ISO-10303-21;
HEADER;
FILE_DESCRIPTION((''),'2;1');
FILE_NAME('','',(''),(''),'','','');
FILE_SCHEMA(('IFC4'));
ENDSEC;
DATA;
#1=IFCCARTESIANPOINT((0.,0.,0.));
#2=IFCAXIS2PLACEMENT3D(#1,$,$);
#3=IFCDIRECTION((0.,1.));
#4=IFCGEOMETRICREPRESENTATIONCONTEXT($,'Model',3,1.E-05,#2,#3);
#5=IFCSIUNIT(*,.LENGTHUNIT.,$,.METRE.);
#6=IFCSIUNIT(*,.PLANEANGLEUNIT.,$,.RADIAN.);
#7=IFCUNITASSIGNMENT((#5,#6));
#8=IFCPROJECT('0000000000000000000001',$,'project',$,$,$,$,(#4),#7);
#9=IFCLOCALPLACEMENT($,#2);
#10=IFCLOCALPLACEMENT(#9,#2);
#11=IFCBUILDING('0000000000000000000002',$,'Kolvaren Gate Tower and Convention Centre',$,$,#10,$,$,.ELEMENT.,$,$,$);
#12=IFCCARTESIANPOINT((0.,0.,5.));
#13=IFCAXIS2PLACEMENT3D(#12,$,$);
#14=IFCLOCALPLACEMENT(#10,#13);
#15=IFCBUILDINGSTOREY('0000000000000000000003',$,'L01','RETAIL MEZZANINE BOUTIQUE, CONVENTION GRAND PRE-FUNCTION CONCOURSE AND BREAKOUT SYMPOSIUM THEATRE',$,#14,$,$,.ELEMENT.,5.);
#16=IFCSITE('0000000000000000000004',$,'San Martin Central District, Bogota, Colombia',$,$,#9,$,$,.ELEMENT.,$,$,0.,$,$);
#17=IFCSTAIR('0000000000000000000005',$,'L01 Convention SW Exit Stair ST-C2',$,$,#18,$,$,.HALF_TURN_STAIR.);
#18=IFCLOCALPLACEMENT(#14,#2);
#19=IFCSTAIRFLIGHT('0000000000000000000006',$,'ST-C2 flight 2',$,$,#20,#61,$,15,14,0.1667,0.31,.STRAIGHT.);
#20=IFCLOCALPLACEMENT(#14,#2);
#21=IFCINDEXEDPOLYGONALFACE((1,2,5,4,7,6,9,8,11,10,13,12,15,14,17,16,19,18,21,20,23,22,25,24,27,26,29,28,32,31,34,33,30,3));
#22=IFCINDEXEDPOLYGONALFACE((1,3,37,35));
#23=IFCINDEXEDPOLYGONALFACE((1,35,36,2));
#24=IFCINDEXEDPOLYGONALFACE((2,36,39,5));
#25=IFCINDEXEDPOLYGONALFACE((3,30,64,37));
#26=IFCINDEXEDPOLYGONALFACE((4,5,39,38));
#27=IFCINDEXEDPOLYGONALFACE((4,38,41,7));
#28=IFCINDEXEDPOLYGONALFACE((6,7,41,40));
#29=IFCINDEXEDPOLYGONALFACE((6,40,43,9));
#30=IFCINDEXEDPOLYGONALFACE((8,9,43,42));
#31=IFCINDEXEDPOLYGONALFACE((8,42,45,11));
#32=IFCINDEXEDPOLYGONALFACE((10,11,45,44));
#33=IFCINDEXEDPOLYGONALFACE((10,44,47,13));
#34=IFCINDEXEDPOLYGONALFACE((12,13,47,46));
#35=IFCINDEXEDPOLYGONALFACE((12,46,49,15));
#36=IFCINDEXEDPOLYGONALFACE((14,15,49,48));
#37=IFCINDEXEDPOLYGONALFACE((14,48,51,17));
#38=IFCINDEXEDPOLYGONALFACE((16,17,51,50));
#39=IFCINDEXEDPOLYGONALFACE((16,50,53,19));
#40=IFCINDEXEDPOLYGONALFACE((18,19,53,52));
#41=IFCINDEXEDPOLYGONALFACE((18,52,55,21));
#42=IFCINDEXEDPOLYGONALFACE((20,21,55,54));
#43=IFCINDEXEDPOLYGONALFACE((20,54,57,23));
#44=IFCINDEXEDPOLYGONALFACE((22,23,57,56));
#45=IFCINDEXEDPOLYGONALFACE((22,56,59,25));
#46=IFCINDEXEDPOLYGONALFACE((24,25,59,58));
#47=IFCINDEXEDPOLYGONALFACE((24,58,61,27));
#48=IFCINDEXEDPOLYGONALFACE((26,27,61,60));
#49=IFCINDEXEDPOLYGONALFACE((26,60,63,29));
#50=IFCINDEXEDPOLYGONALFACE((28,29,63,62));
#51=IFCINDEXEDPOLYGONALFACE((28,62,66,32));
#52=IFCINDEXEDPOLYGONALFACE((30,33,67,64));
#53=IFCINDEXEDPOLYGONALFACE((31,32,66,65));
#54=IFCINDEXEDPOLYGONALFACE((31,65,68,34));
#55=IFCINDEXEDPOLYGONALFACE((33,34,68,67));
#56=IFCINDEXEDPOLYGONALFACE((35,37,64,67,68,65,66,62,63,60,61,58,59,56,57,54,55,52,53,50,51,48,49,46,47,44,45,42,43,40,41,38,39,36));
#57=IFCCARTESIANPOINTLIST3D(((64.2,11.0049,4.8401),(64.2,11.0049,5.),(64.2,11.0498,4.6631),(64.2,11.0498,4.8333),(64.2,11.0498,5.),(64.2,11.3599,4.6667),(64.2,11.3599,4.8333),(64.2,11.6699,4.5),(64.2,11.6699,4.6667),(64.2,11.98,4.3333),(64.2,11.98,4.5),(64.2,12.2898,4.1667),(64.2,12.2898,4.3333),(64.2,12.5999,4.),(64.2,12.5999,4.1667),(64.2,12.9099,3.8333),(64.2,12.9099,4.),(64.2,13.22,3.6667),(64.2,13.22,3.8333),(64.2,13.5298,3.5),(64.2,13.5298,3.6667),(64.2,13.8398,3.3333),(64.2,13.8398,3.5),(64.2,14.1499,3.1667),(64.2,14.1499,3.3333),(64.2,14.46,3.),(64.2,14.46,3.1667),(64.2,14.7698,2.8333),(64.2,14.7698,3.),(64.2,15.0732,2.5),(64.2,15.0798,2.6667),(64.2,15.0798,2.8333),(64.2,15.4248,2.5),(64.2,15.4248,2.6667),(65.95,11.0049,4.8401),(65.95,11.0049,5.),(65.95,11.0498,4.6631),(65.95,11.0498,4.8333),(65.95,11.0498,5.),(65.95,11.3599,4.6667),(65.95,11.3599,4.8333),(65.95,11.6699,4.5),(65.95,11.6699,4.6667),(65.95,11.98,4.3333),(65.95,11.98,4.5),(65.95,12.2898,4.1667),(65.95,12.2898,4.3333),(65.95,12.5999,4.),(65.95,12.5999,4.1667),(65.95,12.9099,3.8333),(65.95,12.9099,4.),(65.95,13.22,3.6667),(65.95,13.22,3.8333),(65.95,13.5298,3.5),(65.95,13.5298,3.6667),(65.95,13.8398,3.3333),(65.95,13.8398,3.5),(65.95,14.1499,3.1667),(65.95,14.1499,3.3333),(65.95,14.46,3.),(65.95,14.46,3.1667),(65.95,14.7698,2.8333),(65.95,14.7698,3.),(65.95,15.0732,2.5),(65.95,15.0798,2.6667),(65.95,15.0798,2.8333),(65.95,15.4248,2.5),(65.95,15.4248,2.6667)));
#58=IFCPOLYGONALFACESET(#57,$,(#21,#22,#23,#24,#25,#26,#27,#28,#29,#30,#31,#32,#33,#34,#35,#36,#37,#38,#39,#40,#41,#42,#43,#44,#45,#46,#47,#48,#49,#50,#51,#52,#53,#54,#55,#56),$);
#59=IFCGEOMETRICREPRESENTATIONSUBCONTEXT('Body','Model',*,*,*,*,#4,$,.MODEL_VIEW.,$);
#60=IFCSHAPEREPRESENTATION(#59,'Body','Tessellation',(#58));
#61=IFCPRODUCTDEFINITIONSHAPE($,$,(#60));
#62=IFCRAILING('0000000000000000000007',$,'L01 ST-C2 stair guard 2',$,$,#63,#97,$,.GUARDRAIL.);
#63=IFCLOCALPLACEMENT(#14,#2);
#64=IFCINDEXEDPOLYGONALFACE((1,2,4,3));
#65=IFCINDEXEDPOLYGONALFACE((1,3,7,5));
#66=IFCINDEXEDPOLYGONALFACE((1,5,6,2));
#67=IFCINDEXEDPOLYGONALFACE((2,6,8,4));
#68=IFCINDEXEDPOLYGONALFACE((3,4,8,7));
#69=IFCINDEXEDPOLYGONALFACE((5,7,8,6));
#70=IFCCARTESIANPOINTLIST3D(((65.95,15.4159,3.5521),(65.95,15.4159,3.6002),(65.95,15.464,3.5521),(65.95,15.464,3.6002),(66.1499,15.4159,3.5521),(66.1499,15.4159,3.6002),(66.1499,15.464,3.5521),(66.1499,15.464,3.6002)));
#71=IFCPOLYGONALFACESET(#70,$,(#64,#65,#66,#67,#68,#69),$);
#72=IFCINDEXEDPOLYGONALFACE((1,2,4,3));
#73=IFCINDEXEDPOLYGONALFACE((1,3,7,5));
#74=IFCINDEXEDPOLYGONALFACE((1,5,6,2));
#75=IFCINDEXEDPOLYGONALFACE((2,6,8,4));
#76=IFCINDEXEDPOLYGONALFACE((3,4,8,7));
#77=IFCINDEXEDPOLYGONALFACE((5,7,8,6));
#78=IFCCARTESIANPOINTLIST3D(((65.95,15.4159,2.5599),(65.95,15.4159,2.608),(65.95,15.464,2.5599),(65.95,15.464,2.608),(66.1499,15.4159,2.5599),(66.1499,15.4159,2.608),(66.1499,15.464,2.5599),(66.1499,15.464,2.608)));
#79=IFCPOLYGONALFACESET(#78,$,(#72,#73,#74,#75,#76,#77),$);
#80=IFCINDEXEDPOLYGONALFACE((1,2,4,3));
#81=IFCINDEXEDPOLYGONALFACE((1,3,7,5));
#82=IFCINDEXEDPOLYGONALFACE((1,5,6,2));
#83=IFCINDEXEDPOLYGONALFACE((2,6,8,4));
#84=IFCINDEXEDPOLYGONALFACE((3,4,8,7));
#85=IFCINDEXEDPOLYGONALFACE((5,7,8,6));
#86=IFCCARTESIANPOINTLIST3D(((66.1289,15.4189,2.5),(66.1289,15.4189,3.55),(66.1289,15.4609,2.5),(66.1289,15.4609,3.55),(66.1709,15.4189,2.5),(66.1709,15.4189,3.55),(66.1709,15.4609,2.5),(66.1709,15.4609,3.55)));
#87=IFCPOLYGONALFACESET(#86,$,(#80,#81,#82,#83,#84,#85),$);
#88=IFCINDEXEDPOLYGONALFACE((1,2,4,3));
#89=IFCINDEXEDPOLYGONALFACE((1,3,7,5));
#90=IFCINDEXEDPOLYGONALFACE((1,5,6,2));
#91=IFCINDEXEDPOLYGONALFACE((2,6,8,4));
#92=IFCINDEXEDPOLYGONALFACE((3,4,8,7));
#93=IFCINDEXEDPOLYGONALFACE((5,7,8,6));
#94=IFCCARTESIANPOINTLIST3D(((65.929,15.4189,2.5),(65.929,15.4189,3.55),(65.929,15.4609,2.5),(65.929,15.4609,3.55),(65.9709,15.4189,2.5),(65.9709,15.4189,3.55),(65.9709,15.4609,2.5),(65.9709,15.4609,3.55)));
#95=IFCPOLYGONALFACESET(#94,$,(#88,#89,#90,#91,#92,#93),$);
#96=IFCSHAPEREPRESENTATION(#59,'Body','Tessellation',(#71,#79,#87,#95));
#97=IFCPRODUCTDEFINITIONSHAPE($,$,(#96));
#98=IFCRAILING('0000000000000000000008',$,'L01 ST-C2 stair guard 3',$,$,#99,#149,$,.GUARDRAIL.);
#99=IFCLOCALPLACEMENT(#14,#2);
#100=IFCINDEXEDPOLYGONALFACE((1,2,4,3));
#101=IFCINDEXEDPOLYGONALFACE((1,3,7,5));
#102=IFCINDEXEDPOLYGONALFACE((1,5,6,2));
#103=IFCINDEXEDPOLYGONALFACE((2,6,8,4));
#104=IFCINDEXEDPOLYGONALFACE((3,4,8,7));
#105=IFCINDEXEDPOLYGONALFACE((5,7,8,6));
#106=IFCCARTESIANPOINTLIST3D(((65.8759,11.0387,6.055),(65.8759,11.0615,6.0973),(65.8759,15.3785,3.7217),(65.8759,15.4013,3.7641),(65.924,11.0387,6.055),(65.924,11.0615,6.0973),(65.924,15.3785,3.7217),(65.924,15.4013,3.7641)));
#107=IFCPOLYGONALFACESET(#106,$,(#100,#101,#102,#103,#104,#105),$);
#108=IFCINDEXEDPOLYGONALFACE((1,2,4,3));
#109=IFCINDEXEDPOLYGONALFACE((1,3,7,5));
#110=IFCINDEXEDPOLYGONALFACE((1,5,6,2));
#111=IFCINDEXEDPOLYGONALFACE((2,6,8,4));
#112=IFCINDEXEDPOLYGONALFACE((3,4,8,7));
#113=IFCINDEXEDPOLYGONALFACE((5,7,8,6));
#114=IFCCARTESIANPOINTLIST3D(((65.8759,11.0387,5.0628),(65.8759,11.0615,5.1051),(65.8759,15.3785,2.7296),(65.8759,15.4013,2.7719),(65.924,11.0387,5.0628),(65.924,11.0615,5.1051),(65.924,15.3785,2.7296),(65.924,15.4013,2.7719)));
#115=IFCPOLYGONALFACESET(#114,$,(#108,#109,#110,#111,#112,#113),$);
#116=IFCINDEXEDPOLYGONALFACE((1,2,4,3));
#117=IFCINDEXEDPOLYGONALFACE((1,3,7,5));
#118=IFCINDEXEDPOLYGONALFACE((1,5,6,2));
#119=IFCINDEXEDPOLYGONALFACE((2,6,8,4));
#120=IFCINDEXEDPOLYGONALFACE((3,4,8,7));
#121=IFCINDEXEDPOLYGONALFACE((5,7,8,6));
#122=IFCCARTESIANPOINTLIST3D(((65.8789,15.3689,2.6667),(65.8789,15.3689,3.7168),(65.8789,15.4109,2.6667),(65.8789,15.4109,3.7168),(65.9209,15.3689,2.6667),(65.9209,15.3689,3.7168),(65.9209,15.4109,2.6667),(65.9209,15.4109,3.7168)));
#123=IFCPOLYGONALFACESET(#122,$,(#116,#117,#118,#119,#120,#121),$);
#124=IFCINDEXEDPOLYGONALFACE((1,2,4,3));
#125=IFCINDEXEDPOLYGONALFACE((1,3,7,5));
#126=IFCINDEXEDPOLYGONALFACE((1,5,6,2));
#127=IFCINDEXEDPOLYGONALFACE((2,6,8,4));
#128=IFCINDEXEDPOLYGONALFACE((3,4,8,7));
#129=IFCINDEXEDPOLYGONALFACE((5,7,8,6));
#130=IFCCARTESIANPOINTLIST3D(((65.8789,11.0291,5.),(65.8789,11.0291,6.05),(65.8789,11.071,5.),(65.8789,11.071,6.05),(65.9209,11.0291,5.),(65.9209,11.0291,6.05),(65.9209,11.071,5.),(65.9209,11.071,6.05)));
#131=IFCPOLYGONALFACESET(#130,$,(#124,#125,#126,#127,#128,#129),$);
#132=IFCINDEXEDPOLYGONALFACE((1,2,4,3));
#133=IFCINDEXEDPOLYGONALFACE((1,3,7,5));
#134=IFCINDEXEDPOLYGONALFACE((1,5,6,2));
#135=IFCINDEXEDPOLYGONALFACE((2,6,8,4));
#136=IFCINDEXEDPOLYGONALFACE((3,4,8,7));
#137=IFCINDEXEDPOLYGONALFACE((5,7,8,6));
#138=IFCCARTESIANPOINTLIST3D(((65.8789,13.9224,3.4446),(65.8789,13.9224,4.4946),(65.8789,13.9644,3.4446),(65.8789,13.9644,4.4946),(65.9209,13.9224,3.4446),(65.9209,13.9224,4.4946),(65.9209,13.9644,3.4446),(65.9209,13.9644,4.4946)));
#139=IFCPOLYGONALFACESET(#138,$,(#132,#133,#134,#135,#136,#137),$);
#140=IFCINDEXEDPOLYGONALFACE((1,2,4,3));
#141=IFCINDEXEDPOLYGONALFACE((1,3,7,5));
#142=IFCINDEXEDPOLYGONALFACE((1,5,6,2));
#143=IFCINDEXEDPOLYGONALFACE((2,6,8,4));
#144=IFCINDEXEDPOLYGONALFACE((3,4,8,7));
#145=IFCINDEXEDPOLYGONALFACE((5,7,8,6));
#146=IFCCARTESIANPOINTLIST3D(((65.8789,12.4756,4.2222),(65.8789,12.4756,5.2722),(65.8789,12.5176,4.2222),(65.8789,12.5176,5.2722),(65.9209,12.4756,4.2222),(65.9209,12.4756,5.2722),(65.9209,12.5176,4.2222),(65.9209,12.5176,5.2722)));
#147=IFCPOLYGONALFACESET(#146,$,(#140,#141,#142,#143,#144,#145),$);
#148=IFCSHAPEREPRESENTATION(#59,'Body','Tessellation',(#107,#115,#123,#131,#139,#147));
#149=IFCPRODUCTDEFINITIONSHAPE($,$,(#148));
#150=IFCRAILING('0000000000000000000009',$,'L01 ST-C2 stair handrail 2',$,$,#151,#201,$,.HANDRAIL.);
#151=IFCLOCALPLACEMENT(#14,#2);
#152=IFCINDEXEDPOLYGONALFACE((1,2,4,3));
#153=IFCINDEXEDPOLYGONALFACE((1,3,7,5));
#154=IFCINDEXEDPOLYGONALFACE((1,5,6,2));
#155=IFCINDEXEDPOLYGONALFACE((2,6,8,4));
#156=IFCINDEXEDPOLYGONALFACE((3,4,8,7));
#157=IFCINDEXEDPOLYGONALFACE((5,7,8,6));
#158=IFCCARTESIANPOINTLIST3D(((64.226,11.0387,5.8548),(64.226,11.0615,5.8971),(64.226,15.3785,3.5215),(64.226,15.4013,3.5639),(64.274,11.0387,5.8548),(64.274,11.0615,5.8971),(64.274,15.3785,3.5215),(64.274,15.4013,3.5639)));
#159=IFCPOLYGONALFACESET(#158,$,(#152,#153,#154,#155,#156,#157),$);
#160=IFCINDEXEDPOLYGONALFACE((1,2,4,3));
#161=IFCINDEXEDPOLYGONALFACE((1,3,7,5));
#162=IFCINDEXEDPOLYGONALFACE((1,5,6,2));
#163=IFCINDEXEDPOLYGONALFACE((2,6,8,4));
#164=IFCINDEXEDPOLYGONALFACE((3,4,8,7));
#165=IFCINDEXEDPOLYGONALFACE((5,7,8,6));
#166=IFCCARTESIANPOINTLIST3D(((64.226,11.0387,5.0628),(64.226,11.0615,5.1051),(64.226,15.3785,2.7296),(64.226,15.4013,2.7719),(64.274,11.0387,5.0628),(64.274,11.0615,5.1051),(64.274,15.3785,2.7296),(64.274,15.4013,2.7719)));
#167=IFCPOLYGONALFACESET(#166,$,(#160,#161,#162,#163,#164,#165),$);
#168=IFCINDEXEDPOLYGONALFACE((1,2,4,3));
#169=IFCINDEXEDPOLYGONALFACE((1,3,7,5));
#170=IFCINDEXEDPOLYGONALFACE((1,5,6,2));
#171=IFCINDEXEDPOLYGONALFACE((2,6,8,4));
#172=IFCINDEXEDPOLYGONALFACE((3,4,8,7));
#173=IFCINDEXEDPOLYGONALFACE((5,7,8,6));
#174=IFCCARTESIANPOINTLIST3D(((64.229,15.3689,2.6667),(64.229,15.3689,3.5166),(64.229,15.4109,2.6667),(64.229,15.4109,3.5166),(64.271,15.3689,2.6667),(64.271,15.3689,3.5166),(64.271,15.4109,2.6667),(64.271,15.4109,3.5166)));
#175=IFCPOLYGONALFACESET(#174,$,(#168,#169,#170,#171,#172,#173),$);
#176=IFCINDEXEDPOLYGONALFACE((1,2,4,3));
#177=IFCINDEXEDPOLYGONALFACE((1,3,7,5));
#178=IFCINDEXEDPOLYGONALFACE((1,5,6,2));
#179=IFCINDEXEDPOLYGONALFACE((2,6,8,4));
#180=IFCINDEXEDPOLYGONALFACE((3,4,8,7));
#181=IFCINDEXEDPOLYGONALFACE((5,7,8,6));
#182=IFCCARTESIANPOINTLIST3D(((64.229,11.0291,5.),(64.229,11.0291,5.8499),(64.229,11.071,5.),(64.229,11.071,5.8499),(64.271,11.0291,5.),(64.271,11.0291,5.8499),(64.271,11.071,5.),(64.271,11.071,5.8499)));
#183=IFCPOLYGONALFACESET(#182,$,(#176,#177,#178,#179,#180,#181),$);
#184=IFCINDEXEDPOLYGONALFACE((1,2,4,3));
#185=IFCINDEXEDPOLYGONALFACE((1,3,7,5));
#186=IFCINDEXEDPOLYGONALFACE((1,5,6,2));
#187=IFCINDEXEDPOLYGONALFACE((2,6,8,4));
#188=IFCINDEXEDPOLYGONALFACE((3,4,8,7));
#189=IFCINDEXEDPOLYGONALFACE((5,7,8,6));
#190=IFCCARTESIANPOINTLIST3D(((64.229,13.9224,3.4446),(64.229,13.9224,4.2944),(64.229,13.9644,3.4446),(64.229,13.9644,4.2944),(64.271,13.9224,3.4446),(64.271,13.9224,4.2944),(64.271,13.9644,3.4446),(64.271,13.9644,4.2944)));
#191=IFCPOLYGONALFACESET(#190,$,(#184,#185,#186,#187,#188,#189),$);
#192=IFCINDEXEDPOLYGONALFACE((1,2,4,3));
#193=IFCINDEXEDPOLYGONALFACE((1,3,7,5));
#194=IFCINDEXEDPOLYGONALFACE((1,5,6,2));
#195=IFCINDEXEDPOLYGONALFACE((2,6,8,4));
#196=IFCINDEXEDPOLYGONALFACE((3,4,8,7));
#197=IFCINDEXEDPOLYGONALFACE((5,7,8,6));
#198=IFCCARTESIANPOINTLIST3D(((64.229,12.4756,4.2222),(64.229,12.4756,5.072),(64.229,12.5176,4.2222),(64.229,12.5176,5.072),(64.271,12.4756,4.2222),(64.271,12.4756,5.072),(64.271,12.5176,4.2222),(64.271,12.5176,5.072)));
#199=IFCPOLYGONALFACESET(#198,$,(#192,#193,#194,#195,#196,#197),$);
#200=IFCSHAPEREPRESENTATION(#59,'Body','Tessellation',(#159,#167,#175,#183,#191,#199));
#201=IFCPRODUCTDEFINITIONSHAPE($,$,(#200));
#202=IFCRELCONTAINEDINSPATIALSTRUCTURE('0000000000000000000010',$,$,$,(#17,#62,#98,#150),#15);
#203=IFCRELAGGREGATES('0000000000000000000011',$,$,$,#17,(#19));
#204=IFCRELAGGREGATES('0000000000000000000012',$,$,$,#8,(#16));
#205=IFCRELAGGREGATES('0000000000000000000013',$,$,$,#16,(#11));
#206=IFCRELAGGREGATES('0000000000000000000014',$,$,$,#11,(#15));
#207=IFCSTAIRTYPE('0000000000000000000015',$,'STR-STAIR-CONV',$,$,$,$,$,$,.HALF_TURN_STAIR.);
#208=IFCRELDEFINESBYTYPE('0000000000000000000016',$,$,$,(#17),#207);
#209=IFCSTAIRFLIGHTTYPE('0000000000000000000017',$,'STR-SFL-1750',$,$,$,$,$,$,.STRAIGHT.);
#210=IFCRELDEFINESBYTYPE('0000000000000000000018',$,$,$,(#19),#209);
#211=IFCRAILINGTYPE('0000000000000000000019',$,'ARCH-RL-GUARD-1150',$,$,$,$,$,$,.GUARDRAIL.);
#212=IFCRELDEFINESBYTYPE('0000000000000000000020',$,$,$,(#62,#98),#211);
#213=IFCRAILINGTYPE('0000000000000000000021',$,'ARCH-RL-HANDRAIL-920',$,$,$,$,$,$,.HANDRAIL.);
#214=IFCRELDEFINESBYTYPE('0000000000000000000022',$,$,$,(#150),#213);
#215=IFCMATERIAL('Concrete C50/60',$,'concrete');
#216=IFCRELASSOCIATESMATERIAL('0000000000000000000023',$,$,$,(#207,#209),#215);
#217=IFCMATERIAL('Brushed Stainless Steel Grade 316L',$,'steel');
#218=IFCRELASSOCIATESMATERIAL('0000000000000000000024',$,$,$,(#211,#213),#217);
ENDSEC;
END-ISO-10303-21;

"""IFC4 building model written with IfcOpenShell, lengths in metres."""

from ifc_helpers import new_model, si_unit, direction, frame, origin, origin_2d, place, context, subcontext, project, spatial, polyline, rectangle, outline, extrude, material, type_object, element, aggregate, save


model = new_model("IFC4")

# Units and contexts
model_context = context("Model", 3, precision=1e-05, world=origin(), true_north=direction((0.0, 1.0)))
body_context = subcontext(model_context, "Body", "Model", "MODEL_VIEW")
ifc_project = project(units=[si_unit("LENGTHUNIT", "METRE"), si_unit("PLANEANGLEUNIT", "RADIAN")], contexts=[model_context])

# Site, building, storey
site_placement = place(None, origin())
site = spatial("IfcSite", under=ifc_project, at=site_placement, Name="San Martin Central District, Bogota, Colombia", CompositionType="ELEMENT", RefElevation=0.0)
building_placement = place(site_placement, origin())
building = spatial("IfcBuilding", under=site, at=building_placement, Name="Kolvaren Gate Tower and Convention Centre", CompositionType="ELEMENT")
storey_placement = place(building_placement, frame((0.0, 0.0, 5.0)))
storey = spatial("IfcBuildingStorey", under=building, at=storey_placement, Name="L01", Description="RETAIL MEZZANINE BOUTIQUE, CONVENTION GRAND PRE-FUNCTION CONCOURSE AND BREAKOUT SYMPOSIUM THEATRE", CompositionType="ELEMENT", Elevation=5.0)

# Shared definitions
ifc_material_1 = material(Name="Concrete C50/60", Category="concrete")

# Stair, stair flight
stair_type = type_object("IfcStairType", Name="STR-STAIR-CONV", PredefinedType="HALF_TURN_STAIR", material=ifc_material_1)
stair_placement = place(storey_placement, origin())
stair = element("IfcStair", 1, at=stair_placement, inside=storey, type_object=stair_type, Name="L01 Convention SW Exit Stair ST-C2", PredefinedType="HALF_TURN_STAIR")
stair_flight_type = type_object("IfcStairFlightType", Name="STR-SFL-1750", PredefinedType="STRAIGHT", material=ifc_material_1)
stair_flight_placement = place(storey_placement, frame((65.075, 15.3899, 2.5), z_axis=(0.0, 0.0, 1.0), x_axis=(0.0, -1.0, 0.0)))
stair_flight = element("IfcStairFlight", 2, at=stair_flight_placement, type_object=stair_flight_type, Name="ST-C2 flight 2", NumberOfRisers=15, NumberOfTreads=14, PredefinedType="STRAIGHT", RiserHeight=0.1667, TreadLength=0.31, context=body_context, shape_type="SweptSolid", body=[
    extrude(outline(polyline([(-0.0349, 0.0), (-0.0349, 0.1667), (0.3101, 0.1667), (0.3101, 0.3333), (0.6201, 0.3333), (0.6201, 0.5), (0.9299, 0.5), (0.9299, 0.6667), (1.24, 0.6667), (1.24, 0.8333), (1.55, 0.8333), (1.55, 1.0), (1.8601, 1.0), (1.8601, 1.1667), (2.1699, 1.1667), (2.1699, 1.3333), (2.48, 1.3333), (2.48, 1.5), (2.79, 1.5), (2.79, 1.6667), (3.1001, 1.6667), (3.1001, 1.8333), (3.4099, 1.8333), (3.4099, 2.0), (3.72, 2.0), (3.72, 2.1667), (4.03, 2.1667), (4.03, 2.3333), (4.3401, 2.3333), (4.3401, 2.5), (4.385, 2.5), (4.385, 2.3401), (4.3401, 2.1631), (0.3167, 0.0), (-0.0349, 0.0)])), frame((0.0, 0.875, 0.0), z_axis=(0.0, -1.0, 0.0), x_axis=(1.0, 0.0, 0.0)), (0.0, 0.0, 1.0), 1.75),
])
aggregate(stair, [stair_flight])

# Railings
ifc_material_2 = material(Name="Brushed Stainless Steel Grade 316L", Category="steel")
railing_type_1 = type_object("IfcRailingType", Name="ARCH-RL-GUARD-1150", PredefinedType="GUARDRAIL", material=ifc_material_2)
railing_1_placement = place(storey_placement, frame((66.1499, 15.4399, 2.5)))
element("IfcRailing", 3, at=railing_1_placement, inside=storey, type_object=railing_type_1, Name="L01 ST-C2 stair guard 2", PredefinedType="GUARDRAIL", context=body_context, shape_type="SweptSolid", body=[
    extrude(rectangle(XDim=0.0481, YDim=0.0481, at=origin_2d()), frame((0.0, 0.0, 1.0762), z_axis=(-1.0, 0.0, 0.0), x_axis=(0.0, -1.0, 0.0)), (0.0, 0.0, 1.0), 0.2),
    extrude(rectangle(XDim=0.0481, YDim=0.0481, at=origin_2d()), frame((0.0, 0.0, 0.084), z_axis=(-1.0, 0.0, 0.0), x_axis=(0.0, -1.0, 0.0)), (0.0, 0.0, 1.0), 0.2),
    extrude(rectangle(XDim=0.042, YDim=0.042, at=origin_2d()), origin(), (0.0, 0.0, 1.0), 1.05),
    extrude(rectangle(XDim=0.042, YDim=0.042, at=origin_2d()), frame((-0.2, 0.0, 0.0)), (0.0, 0.0, 1.0), 1.05),
])
railing_2_placement = place(storey_placement, frame((65.8999, 15.3899, 2.6667)))
element("IfcRailing", 4, at=railing_2_placement, inside=storey, type_object=railing_type_1, Name="L01 ST-C2 stair guard 3", PredefinedType="GUARDRAIL", context=body_context, shape_type="SweptSolid", body=[
    extrude(rectangle(XDim=0.0481, YDim=0.0481, at=origin_2d()), frame((0.0, 0.0, 1.0762), z_axis=(0.0, -0.880775, 0.473535), x_axis=(1.0, 0.0, 0.0)), (0.0, 0.0, 1.0), 4.9272),
    extrude(rectangle(XDim=0.0481, YDim=0.0481, at=origin_2d()), frame((0.0, 0.0, 0.084), z_axis=(0.0, -0.880775, 0.473535), x_axis=(1.0, 0.0, 0.0)), (0.0, 0.0, 1.0), 4.9272),
    extrude(rectangle(XDim=0.042, YDim=0.042, at=origin_2d()), origin(), (0.0, 0.0, 1.0), 1.05),
    extrude(rectangle(XDim=0.042, YDim=0.042, at=origin_2d()), frame((0.0, -4.3398, 2.3333)), (0.0, 0.0, 1.0), 1.05),
    extrude(rectangle(XDim=0.042, YDim=0.042, at=origin_2d()), frame((0.0, -1.4465, 0.7778)), (0.0, 0.0, 1.0), 1.05),
    extrude(rectangle(XDim=0.042, YDim=0.042, at=origin_2d()), frame((0.0, -2.8933, 1.5554)), (0.0, 0.0, 1.0), 1.05),
])
railing_type_2 = type_object("IfcRailingType", Name="ARCH-RL-HANDRAIL-920", PredefinedType="HANDRAIL", material=ifc_material_2)
railing_3_placement = place(storey_placement, frame((64.25, 15.3899, 2.6667)))
element("IfcRailing", 5, at=railing_3_placement, inside=storey, type_object=railing_type_2, Name="L01 ST-C2 stair handrail 2", PredefinedType="HANDRAIL", context=body_context, shape_type="SweptSolid", body=[
    extrude(rectangle(XDim=0.0481, YDim=0.0481, at=origin_2d()), frame((0.0, 0.0, 0.876), z_axis=(0.0, -0.880775, 0.473535), x_axis=(1.0, 0.0, 0.0)), (0.0, 0.0, 1.0), 4.9272),
    extrude(rectangle(XDim=0.0481, YDim=0.0481, at=origin_2d()), frame((0.0, 0.0, 0.084), z_axis=(0.0, -0.880775, 0.473535), x_axis=(1.0, 0.0, 0.0)), (0.0, 0.0, 1.0), 4.9272),
    extrude(rectangle(XDim=0.042, YDim=0.042, at=origin_2d()), origin(), (0.0, 0.0, 1.0), 0.8499),
    extrude(rectangle(XDim=0.042, YDim=0.042, at=origin_2d()), frame((0.0, -4.3398, 2.3333)), (0.0, 0.0, 1.0), 0.8499),
    extrude(rectangle(XDim=0.042, YDim=0.042, at=origin_2d()), frame((0.0, -1.4465, 0.7778)), (0.0, 0.0, 1.0), 0.8499),
    extrude(rectangle(XDim=0.042, YDim=0.042, at=origin_2d()), frame((0.0, -2.8933, 1.5554)), (0.0, 0.0, 1.0), 0.8499),
])

save(model, "model.ifc")
